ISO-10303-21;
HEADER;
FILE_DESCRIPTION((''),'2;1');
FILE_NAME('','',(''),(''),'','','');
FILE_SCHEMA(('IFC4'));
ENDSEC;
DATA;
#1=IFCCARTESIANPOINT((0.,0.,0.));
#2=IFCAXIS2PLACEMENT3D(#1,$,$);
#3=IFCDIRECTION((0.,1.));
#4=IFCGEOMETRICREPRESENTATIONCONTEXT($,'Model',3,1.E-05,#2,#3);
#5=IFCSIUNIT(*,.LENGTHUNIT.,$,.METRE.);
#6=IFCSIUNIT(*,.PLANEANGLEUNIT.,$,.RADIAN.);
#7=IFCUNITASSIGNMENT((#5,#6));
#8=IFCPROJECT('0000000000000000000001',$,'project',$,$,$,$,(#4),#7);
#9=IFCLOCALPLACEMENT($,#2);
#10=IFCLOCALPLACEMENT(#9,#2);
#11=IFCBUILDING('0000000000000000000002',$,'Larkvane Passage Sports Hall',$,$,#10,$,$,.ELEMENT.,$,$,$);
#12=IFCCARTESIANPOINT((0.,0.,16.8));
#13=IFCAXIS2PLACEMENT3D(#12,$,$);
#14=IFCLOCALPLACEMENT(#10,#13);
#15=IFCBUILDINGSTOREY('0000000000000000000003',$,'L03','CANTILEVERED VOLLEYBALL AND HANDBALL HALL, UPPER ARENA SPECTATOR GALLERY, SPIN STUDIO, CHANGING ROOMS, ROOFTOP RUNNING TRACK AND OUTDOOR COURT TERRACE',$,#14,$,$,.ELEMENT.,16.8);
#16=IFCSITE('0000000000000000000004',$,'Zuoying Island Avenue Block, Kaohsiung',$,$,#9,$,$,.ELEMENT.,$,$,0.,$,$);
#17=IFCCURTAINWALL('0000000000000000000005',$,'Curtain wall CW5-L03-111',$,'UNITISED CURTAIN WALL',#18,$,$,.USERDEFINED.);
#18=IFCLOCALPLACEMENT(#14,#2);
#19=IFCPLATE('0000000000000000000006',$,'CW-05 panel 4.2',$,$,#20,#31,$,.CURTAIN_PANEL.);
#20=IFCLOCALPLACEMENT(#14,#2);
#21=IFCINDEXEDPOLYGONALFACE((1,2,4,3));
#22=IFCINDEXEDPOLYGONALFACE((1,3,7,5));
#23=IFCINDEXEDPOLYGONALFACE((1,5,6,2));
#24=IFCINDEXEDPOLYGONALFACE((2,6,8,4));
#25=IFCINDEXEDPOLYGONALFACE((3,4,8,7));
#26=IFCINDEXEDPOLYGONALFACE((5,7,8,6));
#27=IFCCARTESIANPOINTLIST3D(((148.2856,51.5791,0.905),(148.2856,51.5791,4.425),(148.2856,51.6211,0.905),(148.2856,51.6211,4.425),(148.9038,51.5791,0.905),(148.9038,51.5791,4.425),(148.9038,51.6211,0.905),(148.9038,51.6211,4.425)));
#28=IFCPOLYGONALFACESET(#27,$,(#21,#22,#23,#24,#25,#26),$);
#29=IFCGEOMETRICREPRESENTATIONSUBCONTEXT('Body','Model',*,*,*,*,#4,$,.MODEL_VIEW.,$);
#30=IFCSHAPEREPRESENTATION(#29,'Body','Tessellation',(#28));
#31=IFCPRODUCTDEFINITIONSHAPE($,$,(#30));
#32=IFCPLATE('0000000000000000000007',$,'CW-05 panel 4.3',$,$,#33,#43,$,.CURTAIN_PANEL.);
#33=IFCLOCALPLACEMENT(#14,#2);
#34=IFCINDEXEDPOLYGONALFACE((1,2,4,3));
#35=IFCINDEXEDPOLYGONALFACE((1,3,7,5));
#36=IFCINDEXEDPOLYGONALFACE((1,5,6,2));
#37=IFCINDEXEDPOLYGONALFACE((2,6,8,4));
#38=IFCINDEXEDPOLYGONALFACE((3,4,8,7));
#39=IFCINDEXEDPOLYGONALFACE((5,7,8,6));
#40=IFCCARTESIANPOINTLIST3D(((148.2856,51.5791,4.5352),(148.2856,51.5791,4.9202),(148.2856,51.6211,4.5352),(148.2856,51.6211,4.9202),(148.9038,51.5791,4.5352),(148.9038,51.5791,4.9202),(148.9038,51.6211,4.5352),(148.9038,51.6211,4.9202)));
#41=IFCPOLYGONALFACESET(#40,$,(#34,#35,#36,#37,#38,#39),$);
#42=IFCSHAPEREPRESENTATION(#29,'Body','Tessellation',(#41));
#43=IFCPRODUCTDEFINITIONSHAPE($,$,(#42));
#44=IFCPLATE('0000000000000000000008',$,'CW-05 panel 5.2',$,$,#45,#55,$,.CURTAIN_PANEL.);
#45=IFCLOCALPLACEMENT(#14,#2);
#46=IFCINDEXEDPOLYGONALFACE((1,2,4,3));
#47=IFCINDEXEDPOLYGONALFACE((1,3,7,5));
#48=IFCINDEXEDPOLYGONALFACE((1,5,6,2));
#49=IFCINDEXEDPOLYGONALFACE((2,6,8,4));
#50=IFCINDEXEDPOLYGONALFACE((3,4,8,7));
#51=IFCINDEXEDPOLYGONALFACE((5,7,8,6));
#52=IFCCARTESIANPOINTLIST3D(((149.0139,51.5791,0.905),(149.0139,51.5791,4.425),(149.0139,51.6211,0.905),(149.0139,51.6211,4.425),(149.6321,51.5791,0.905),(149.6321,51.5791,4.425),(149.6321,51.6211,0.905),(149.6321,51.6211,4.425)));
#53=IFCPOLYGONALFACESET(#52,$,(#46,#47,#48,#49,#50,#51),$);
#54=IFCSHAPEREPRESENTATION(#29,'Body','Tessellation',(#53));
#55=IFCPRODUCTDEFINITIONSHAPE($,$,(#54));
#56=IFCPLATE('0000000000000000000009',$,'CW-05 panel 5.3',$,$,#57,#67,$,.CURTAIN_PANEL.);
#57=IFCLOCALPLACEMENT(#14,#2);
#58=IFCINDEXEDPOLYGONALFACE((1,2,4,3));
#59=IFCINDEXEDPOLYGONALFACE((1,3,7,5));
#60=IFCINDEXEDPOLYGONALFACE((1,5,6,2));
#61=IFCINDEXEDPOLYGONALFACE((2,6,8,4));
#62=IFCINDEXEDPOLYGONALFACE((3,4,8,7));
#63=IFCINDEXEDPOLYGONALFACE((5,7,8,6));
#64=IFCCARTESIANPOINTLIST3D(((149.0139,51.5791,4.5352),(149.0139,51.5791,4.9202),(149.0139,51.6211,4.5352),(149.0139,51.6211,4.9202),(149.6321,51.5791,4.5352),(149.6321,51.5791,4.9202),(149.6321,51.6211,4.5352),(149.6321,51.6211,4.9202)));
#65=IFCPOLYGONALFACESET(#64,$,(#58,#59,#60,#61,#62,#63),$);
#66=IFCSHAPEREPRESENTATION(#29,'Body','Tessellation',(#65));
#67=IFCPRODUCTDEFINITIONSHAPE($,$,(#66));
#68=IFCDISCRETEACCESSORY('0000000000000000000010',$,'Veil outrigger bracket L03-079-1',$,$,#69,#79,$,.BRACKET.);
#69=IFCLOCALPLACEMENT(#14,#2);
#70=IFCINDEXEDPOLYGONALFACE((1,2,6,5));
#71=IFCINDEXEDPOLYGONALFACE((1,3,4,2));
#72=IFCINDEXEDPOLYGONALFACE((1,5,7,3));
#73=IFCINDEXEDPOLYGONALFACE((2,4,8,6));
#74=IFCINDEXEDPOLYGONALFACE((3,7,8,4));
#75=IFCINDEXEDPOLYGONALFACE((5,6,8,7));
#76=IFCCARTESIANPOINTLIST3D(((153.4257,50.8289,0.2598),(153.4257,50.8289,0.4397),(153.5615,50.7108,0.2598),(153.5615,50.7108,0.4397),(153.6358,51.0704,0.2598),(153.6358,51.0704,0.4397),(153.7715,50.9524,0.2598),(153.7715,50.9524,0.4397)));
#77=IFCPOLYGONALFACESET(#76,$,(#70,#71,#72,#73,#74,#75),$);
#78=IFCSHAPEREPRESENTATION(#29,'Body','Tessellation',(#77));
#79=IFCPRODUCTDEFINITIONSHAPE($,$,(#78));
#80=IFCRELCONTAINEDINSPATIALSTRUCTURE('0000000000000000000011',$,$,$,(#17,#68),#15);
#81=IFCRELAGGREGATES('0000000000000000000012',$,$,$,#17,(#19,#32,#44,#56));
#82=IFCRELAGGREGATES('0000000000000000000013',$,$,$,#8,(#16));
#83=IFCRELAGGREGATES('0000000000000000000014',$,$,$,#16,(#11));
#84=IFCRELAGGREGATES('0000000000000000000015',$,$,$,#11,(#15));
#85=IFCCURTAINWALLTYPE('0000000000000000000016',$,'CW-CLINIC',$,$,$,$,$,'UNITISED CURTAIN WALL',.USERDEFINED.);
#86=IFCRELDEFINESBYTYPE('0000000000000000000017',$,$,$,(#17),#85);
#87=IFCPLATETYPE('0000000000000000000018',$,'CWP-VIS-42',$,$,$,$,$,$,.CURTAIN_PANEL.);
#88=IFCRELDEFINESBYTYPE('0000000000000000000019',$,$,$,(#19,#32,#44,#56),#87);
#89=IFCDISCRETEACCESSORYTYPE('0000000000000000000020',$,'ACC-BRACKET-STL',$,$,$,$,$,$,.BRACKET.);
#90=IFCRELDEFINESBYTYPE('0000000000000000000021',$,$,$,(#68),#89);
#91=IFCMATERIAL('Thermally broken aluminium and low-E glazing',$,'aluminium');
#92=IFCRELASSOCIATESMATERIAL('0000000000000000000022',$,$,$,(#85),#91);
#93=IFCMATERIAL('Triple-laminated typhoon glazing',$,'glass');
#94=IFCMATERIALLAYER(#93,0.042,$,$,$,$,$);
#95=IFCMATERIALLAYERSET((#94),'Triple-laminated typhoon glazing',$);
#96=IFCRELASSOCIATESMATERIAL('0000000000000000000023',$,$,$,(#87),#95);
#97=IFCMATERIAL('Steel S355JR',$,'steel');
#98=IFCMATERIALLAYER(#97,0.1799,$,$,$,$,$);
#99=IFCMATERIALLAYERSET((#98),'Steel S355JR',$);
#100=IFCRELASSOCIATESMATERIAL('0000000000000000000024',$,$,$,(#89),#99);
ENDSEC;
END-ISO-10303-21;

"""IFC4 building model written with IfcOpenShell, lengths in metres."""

from ifc_helpers import new_model, si_unit, direction, frame, origin, origin_2d, place, context, subcontext, project, spatial, rectangle, extrude, material, layer, layer_set, type_object, element, aggregate, save


model = new_model("IFC4")

# Units and contexts
model_context = context("Model", 3, precision=1e-05, world=origin(), true_north=direction((0.0, 1.0)))
body_context = subcontext(model_context, "Body", "Model", "MODEL_VIEW")
ifc_project = project(units=[si_unit("LENGTHUNIT", "METRE"), si_unit("PLANEANGLEUNIT", "RADIAN")], contexts=[model_context])

# Site, building, storey
site_placement = place(None, origin())
site = spatial("IfcSite", under=ifc_project, at=site_placement, Name="Zuoying Island Avenue Block, Kaohsiung", CompositionType="ELEMENT", RefElevation=0.0)
building_placement = place(site_placement, origin())
building = spatial("IfcBuilding", under=site, at=building_placement, Name="Larkvane Passage Sports Hall", CompositionType="ELEMENT")
storey_placement = place(building_placement, frame((0.0, 0.0, 16.8)))
storey = spatial("IfcBuildingStorey", under=building, at=storey_placement, Name="L03", Description="CANTILEVERED VOLLEYBALL AND HANDBALL HALL, UPPER ARENA SPECTATOR GALLERY, SPIN STUDIO, CHANGING ROOMS, ROOFTOP RUNNING TRACK AND OUTDOOR COURT TERRACE", CompositionType="ELEMENT", Elevation=16.8)

# Curtain wall
ifc_material_1 = material(Name="Thermally broken aluminium and low-E glazing", Category="aluminium")
curtain_wall_type_1 = type_object("IfcCurtainWallType", Name="CW-CLINIC", ElementType="UNITISED CURTAIN WALL", PredefinedType="USERDEFINED", material=ifc_material_1)
curtain_wall_1_placement = place(storey_placement, origin())
curtain_wall_1 = element("IfcCurtainWall", 1, at=curtain_wall_1_placement, inside=storey, type_object=curtain_wall_type_1, Name="Curtain wall CW5-L03-111", ObjectType="UNITISED CURTAIN WALL", PredefinedType="USERDEFINED")

# Plates
ifc_material_2 = material(Name="Triple-laminated typhoon glazing", Category="glass")
ifc_layer_1 = layer(ifc_material_2, 0.042)
ifc_layer_set_1 = layer_set([ifc_layer_1], Name="Triple-laminated typhoon glazing")
plate_type_1 = type_object("IfcPlateType", Name="CWP-VIS-42", PredefinedType="CURTAIN_PANEL", material=ifc_layer_set_1)
plate_1_placement = place(storey_placement, frame((148.5947, 51.6001, 0.905), z_axis=(0.0, 0.0, 1.0), x_axis=(1.0, 0.0, 0.0)))
plate_1 = element("IfcPlate", 2, at=plate_1_placement, type_object=plate_type_1, Name="CW-05 panel 4.2", PredefinedType="CURTAIN_PANEL", context=body_context, shape_type="SweptSolid", body=[
    extrude(rectangle(XDim=0.6182, YDim=0.042, at=origin_2d()), origin(), (0.0, 0.0, 1.0), 3.52),
])
plate_2_placement = place(storey_placement, frame((148.5947, 51.6001, 4.5352), z_axis=(0.0, 0.0, 1.0), x_axis=(1.0, 0.0, 0.0)))
plate_2 = element("IfcPlate", 3, at=plate_2_placement, type_object=plate_type_1, Name="CW-05 panel 4.3", PredefinedType="CURTAIN_PANEL", context=body_context, shape_type="SweptSolid", body=[
    extrude(rectangle(XDim=0.6182, YDim=0.042, at=origin_2d()), origin(), (0.0, 0.0, 1.0), 0.385),
])
plate_3_placement = place(storey_placement, frame((149.323, 51.6001, 0.905), z_axis=(0.0, 0.0, 1.0), x_axis=(1.0, 0.0, 0.0)))
plate_3 = element("IfcPlate", 4, at=plate_3_placement, type_object=plate_type_1, Name="CW-05 panel 5.2", PredefinedType="CURTAIN_PANEL", context=body_context, shape_type="SweptSolid", body=[
    extrude(rectangle(XDim=0.6182, YDim=0.042, at=origin_2d()), origin(), (0.0, 0.0, 1.0), 3.52),
])
plate_4_placement = place(storey_placement, frame((149.323, 51.6001, 4.5352), z_axis=(0.0, 0.0, 1.0), x_axis=(1.0, 0.0, 0.0)))
plate_4 = element("IfcPlate", 5, at=plate_4_placement, type_object=plate_type_1, Name="CW-05 panel 5.3", PredefinedType="CURTAIN_PANEL", context=body_context, shape_type="SweptSolid", body=[
    extrude(rectangle(XDim=0.6182, YDim=0.042, at=origin_2d()), origin(), (0.0, 0.0, 1.0), 0.385),
])
aggregate(curtain_wall_1, [plate_1, plate_2, plate_3, plate_4])

# Discrete accessory
ifc_material_3 = material(Name="Steel S355JR", Category="steel")
ifc_layer_2 = layer(ifc_material_3, 0.1799)
ifc_layer_set_2 = layer_set([ifc_layer_2], Name="Steel S355JR")
discrete_accessory_type = type_object("IfcDiscreteAccessoryType", Name="ACC-BRACKET-STL", PredefinedType="BRACKET", material=ifc_layer_set_2)
discrete_accessory_placement = place(storey_placement, frame((153.5986, 50.8906, 0.2598), z_axis=(0.0, 0.0, 1.0), x_axis=(0.754606, -0.656179, 0.0)))
element("IfcDiscreteAccessory", 6, at=discrete_accessory_placement, inside=storey, type_object=discrete_accessory_type, Name="Veil outrigger bracket L03-079-1", PredefinedType="BRACKET", context=body_context, shape_type="SweptSolid", body=[
    extrude(rectangle(XDim=0.1799, YDim=0.3201, at=origin_2d()), origin(), (0.0, 0.0, 1.0), 0.1799),
])

save(model, "model.ifc")
